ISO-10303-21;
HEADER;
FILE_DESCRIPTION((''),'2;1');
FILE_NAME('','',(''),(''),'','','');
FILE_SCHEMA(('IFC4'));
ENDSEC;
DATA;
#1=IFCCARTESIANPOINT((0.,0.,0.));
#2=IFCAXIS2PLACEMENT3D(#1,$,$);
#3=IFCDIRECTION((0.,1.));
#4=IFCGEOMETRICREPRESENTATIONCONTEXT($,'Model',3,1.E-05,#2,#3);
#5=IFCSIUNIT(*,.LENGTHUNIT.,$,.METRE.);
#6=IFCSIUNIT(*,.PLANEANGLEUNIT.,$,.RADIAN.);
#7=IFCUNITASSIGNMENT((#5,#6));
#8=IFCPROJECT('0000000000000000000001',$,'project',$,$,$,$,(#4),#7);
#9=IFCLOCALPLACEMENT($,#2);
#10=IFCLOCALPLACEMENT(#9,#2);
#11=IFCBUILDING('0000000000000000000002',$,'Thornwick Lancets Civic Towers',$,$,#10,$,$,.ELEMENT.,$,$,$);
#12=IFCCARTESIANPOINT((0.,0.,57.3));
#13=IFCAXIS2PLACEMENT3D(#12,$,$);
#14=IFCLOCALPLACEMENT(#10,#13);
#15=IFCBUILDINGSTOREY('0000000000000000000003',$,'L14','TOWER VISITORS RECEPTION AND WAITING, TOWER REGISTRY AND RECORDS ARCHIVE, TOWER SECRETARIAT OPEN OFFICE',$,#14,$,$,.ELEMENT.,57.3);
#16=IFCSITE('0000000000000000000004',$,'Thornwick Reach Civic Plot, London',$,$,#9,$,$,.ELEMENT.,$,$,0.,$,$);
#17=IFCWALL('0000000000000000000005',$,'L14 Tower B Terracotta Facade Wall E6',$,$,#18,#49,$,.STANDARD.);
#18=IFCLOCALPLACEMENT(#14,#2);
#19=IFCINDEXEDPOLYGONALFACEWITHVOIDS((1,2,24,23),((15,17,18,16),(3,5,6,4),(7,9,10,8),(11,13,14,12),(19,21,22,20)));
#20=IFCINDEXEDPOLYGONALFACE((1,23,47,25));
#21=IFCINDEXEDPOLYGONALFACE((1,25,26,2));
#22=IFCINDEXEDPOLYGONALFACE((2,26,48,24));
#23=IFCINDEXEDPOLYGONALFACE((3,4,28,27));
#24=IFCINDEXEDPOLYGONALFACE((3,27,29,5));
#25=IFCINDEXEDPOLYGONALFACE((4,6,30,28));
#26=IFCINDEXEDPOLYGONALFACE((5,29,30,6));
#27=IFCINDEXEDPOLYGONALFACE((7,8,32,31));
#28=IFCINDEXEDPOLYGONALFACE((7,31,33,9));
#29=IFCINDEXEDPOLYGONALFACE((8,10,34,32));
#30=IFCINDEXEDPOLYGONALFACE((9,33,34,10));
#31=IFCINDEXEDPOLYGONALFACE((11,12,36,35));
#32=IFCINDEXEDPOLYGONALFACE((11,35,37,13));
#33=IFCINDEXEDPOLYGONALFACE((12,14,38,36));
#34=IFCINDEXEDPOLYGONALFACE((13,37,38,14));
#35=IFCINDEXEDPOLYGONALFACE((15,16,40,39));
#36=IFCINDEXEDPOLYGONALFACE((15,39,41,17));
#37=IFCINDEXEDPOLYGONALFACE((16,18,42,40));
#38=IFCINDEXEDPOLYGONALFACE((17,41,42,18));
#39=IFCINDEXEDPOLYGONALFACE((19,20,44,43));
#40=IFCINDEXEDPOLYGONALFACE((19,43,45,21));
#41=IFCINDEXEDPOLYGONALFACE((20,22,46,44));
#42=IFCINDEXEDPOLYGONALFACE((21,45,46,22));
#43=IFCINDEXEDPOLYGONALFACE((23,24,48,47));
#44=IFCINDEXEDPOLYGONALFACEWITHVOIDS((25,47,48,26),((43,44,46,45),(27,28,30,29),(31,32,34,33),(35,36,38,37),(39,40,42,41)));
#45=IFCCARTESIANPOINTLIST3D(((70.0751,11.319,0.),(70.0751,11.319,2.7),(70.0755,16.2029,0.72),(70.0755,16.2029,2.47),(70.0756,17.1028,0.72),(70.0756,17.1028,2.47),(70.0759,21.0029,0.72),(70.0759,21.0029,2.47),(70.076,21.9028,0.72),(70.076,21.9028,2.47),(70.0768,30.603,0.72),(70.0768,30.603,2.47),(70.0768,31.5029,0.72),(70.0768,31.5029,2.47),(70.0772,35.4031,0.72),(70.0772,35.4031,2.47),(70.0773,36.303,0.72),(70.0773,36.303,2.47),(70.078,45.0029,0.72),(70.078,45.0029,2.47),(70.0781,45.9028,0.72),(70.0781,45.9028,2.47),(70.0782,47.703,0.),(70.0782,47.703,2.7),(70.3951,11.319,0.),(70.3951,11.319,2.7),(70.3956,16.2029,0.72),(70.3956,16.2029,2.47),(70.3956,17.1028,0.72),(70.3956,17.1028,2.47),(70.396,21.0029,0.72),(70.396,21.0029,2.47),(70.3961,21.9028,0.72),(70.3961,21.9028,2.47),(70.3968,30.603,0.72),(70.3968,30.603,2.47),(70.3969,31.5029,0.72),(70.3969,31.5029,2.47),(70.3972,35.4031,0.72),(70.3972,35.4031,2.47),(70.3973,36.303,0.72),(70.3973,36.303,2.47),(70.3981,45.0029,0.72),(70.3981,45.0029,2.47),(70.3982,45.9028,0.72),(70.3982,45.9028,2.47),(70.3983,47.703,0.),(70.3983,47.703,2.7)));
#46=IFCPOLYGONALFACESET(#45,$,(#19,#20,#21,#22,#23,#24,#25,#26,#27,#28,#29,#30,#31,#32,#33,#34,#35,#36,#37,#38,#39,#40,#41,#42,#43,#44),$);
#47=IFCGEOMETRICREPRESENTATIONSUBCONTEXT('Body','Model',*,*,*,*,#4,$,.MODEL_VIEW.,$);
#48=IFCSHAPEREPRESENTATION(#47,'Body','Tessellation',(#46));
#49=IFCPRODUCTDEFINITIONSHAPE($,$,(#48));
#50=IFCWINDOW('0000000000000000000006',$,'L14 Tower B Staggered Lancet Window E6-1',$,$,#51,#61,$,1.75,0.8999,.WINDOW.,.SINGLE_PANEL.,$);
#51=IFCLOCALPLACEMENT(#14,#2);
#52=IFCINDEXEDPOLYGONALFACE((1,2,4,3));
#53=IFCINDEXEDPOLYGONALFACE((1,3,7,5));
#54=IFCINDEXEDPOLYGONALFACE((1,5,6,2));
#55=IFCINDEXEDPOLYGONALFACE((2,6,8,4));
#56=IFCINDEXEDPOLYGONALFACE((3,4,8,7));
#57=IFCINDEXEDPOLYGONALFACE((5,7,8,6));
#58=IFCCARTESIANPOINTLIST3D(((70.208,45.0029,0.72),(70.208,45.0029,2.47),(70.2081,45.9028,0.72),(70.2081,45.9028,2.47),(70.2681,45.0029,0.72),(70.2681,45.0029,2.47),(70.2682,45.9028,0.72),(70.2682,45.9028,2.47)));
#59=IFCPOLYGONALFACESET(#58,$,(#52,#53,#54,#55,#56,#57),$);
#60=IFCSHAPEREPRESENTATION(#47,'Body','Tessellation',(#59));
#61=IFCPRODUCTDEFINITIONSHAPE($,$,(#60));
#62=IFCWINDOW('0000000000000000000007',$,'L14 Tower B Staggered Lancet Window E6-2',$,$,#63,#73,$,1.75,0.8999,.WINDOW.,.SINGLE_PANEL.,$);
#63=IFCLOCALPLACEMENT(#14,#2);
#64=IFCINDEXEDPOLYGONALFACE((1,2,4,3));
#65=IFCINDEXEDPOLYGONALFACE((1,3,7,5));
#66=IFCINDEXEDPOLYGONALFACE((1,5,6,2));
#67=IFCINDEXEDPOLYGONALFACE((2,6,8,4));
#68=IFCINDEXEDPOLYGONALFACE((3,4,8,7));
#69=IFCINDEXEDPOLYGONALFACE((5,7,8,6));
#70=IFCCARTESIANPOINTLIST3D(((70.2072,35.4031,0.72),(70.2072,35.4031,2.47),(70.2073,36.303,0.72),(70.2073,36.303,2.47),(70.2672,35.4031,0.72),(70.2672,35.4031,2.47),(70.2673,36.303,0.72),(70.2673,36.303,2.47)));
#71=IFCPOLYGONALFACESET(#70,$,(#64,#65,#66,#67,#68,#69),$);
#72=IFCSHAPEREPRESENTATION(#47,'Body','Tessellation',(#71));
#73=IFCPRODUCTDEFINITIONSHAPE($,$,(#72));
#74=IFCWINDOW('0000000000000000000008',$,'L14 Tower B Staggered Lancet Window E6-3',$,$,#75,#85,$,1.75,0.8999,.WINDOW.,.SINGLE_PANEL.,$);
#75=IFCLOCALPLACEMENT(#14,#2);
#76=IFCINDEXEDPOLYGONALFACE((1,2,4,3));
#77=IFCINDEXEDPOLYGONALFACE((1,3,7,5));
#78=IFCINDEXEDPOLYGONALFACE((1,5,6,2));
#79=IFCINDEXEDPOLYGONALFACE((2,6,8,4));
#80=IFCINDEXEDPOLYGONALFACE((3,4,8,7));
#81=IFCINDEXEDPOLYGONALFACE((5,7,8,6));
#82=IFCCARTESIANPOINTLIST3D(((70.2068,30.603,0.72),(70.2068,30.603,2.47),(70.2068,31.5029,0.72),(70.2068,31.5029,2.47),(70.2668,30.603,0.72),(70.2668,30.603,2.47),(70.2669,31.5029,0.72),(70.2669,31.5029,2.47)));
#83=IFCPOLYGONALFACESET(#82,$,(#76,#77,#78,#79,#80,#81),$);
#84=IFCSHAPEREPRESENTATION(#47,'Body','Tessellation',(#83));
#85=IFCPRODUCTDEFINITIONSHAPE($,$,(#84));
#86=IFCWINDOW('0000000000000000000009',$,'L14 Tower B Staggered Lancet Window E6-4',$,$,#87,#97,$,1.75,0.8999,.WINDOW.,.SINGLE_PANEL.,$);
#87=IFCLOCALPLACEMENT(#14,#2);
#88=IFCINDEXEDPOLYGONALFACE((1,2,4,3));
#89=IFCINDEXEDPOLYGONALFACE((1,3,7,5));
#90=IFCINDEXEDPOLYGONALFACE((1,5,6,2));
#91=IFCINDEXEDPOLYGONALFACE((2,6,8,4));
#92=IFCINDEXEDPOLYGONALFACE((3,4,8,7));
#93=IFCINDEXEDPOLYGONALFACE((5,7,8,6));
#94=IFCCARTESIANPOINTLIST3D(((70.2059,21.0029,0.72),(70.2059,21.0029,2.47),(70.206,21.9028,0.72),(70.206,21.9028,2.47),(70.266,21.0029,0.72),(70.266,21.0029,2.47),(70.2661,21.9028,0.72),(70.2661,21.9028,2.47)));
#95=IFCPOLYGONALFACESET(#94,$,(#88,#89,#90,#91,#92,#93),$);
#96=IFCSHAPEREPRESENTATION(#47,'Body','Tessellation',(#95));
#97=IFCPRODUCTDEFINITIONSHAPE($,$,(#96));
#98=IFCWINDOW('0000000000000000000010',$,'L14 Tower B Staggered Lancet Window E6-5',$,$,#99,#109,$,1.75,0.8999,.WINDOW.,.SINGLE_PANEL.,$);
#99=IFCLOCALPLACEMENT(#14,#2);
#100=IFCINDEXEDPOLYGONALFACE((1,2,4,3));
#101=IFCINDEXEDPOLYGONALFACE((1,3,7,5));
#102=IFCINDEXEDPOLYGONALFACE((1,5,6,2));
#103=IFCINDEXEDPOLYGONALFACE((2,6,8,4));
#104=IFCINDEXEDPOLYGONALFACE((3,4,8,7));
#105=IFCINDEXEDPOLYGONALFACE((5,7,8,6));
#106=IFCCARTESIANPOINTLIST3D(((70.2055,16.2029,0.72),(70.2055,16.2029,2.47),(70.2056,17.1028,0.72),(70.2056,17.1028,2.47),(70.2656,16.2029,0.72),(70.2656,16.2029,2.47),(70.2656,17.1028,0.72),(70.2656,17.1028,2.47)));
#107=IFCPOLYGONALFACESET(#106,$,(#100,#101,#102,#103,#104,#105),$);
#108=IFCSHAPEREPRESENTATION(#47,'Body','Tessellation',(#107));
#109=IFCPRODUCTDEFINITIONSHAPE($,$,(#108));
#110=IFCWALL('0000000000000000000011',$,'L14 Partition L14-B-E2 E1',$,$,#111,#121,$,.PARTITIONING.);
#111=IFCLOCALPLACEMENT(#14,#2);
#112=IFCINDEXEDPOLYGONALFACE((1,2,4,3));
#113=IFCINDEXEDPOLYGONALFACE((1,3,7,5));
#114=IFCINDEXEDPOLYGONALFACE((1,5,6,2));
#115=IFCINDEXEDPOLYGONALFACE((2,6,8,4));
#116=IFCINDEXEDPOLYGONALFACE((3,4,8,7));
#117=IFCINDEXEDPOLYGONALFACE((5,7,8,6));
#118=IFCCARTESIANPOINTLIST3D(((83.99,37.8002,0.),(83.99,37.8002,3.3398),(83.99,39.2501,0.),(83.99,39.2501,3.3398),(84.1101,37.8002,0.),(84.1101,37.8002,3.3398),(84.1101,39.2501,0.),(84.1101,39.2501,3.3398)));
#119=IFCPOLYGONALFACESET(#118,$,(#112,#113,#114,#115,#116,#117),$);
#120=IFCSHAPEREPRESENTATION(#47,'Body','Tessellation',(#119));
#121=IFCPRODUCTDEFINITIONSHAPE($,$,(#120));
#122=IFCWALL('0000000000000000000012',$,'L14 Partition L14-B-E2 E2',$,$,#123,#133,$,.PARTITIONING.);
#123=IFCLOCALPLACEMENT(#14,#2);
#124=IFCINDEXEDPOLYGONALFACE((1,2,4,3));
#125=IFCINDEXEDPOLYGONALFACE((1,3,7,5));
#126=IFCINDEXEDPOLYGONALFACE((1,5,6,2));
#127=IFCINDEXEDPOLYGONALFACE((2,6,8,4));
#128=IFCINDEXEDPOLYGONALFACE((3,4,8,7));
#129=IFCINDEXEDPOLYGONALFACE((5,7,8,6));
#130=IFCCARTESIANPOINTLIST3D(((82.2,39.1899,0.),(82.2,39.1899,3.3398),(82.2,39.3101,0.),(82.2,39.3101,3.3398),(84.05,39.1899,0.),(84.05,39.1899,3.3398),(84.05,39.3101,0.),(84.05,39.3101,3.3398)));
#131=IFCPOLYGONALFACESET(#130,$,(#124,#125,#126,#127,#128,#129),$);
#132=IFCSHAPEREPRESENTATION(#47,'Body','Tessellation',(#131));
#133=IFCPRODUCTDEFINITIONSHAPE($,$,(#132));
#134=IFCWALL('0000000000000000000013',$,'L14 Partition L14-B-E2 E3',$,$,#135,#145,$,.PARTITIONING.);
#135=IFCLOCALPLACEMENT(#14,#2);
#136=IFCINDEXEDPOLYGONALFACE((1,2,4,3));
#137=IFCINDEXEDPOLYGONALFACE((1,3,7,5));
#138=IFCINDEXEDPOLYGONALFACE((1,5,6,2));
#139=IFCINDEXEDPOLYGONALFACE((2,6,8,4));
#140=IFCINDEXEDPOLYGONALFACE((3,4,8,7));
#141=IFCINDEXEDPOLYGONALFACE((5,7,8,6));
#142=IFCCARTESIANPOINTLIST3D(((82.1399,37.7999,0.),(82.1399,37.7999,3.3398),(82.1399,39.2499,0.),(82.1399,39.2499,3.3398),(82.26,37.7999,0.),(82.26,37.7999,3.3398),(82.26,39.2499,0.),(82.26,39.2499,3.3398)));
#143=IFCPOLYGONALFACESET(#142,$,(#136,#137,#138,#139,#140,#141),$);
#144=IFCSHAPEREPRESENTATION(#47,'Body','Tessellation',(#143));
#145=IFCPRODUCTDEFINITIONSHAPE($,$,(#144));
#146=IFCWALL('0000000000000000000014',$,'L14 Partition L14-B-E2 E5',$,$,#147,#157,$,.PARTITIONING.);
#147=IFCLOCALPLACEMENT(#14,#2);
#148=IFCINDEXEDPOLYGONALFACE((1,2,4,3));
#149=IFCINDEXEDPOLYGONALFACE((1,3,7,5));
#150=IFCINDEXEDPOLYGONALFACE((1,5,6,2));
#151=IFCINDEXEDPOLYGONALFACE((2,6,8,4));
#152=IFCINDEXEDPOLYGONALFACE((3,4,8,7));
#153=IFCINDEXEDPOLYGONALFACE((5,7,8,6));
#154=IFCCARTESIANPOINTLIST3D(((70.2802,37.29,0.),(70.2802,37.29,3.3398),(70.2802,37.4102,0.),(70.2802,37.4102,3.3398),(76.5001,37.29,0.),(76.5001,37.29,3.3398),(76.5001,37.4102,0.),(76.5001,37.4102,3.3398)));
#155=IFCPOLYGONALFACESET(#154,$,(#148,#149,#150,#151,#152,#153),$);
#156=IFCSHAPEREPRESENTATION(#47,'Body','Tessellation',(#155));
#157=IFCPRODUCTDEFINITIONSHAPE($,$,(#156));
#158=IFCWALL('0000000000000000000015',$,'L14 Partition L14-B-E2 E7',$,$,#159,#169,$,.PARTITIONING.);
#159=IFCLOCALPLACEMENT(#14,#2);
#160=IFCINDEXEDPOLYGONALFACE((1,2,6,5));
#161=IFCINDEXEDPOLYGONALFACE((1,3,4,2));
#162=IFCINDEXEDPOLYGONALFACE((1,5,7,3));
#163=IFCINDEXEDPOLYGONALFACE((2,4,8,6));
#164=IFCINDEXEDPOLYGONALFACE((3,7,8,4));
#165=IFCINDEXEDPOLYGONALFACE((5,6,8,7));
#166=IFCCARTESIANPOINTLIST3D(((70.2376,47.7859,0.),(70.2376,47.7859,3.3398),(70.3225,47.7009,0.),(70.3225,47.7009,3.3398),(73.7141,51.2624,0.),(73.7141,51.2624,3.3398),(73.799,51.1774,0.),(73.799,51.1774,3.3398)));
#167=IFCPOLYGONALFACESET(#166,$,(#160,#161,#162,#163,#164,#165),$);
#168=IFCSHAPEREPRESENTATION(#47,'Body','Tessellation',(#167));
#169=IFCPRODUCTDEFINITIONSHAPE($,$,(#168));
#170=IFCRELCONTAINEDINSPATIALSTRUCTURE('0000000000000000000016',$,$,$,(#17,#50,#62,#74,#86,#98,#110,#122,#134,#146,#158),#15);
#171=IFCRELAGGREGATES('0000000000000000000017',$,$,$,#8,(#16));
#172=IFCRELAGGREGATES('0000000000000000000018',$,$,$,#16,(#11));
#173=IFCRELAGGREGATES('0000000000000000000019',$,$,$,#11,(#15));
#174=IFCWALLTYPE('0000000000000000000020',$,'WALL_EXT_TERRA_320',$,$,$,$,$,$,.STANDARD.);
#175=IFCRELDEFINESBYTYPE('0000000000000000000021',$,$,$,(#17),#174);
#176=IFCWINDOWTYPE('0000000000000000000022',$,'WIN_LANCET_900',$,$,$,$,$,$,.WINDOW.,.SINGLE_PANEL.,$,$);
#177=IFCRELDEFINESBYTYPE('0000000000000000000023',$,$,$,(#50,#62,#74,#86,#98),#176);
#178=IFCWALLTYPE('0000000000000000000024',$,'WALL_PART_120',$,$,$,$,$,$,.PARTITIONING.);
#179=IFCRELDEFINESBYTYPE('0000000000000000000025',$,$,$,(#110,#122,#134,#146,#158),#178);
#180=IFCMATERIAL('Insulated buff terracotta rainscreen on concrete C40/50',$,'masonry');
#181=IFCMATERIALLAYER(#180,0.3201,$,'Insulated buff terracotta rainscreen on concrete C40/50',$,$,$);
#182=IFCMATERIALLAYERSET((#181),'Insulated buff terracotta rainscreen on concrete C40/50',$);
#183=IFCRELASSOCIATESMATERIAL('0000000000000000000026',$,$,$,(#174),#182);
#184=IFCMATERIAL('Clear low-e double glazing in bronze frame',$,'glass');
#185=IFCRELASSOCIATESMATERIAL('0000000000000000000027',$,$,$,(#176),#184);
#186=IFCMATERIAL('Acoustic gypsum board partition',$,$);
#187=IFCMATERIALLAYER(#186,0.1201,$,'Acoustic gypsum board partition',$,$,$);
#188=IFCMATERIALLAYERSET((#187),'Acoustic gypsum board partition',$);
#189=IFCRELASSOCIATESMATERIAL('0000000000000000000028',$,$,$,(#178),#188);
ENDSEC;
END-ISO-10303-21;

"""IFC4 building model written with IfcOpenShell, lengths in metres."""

from ifc_helpers import new_model, si_unit, direction, frame, frame_2d, origin, place, context, subcontext, project, spatial, rectangle, extrude, material, layer, layer_set, type_object, element, fill, save


model = new_model("IFC4")

# Units and contexts
model_context = context("Model", 3, precision=1e-05, world=origin(), true_north=direction((0.0, 1.0)))
body_context = subcontext(model_context, "Body", "Model", "MODEL_VIEW")
ifc_project = project(units=[si_unit("LENGTHUNIT", "METRE"), si_unit("PLANEANGLEUNIT", "RADIAN")], contexts=[model_context])

# Site, building, storey
site_placement = place(None, origin())
site = spatial("IfcSite", under=ifc_project, at=site_placement, Name="Thornwick Reach Civic Plot, London", CompositionType="ELEMENT", RefElevation=0.0)
building_placement = place(site_placement, origin())
building = spatial("IfcBuilding", under=site, at=building_placement, Name="Thornwick Lancets Civic Towers", CompositionType="ELEMENT")
storey_placement = place(building_placement, frame((0.0, 0.0, 57.3)))
storey = spatial("IfcBuildingStorey", under=building, at=storey_placement, Name="L14", Description="TOWER VISITORS RECEPTION AND WAITING, TOWER REGISTRY AND RECORDS ARCHIVE, TOWER SECRETARIAT OPEN OFFICE", CompositionType="ELEMENT", Elevation=57.3)

# Wall, openings, windows
ifc_material_1 = material(Name="Insulated buff terracotta rainscreen on concrete C40/50", Category="masonry")
ifc_layer_1 = layer(ifc_material_1, 0.3201, Name="Insulated buff terracotta rainscreen on concrete C40/50")
ifc_layer_set_1 = layer_set([ifc_layer_1], Name="Insulated buff terracotta rainscreen on concrete C40/50")
wall_type_1 = type_object("IfcWallType", Name="WALL_EXT_TERRA_320", PredefinedType="STANDARD", material=ifc_layer_set_1)
wall_1_placement = place(storey_placement, frame((70.2383, 47.7029, 0.0), z_axis=(0.0, 0.0, 1.0), x_axis=(-0.000087, -1.0, 0.0)))
wall_1 = element("IfcWall", 1, at=wall_1_placement, inside=storey, type_object=wall_type_1, Name="L14 Tower B Terracotta Facade Wall E6", PredefinedType="STANDARD", context=body_context, shape_type="SweptSolid", body=[
    extrude(rectangle(XDim=36.384, YDim=0.3201, at=frame_2d((18.1919, 0.0))), origin(), (0.0, 0.0, 1.0), 2.7),
])
opening_1_placement = place(wall_1_placement, frame((1.8, 0.0, 0.72)))
opening_1 = element("IfcOpeningElement", 2, at=opening_1_placement, cuts=wall_1, PredefinedType="OPENING", context=body_context, shape_type="SweptSolid", body=[
    extrude(rectangle(XDim=0.8999, YDim=1.75, at=frame_2d((0.45, 0.875))), frame((0.0, 0.1699, 0.0), z_axis=(0.0, -1.0, 0.0), x_axis=(1.0, 0.0, 0.0)), (0.0, 0.0, 1.0), 0.3401),
])
opening_2_placement = place(wall_1_placement, frame((11.3999, 0.0, 0.72)))
opening_2 = element("IfcOpeningElement", 3, at=opening_2_placement, cuts=wall_1, PredefinedType="OPENING", context=body_context, shape_type="SweptSolid", body=[
    extrude(rectangle(XDim=0.8999, YDim=1.75, at=frame_2d((0.45, 0.875))), frame((0.0, 0.1699, 0.0), z_axis=(0.0, -1.0, 0.0), x_axis=(1.0, 0.0, 0.0)), (0.0, 0.0, 1.0), 0.3401),
])
opening_3_placement = place(wall_1_placement, frame((16.2, 0.0, 0.72)))
opening_3 = element("IfcOpeningElement", 4, at=opening_3_placement, cuts=wall_1, PredefinedType="OPENING", context=body_context, shape_type="SweptSolid", body=[
    extrude(rectangle(XDim=0.8999, YDim=1.75, at=frame_2d((0.45, 0.875))), frame((0.0, 0.1699, 0.0), z_axis=(0.0, -1.0, 0.0), x_axis=(1.0, 0.0, 0.0)), (0.0, 0.0, 1.0), 0.3401),
])
opening_4_placement = place(wall_1_placement, frame((25.8, 0.0, 0.72)))
opening_4 = element("IfcOpeningElement", 5, at=opening_4_placement, cuts=wall_1, PredefinedType="OPENING", context=body_context, shape_type="SweptSolid", body=[
    extrude(rectangle(XDim=0.8999, YDim=1.75, at=frame_2d((0.45, 0.875))), frame((0.0, 0.1699, 0.0), z_axis=(0.0, -1.0, 0.0), x_axis=(1.0, 0.0, 0.0)), (0.0, 0.0, 1.0), 0.3401),
])
opening_5_placement = place(wall_1_placement, frame((30.6001, 0.0, 0.72)))
opening_5 = element("IfcOpeningElement", 6, at=opening_5_placement, cuts=wall_1, PredefinedType="OPENING", context=body_context, shape_type="SweptSolid", body=[
    extrude(rectangle(XDim=0.8999, YDim=1.75, at=frame_2d((0.45, 0.875))), frame((0.0, 0.1699, 0.0), z_axis=(0.0, -1.0, 0.0), x_axis=(1.0, 0.0, 0.0)), (0.0, 0.0, 1.0), 0.3401),
])
ifc_material_2 = material(Name="Clear low-e double glazing in bronze frame", Category="glass")
window_type = type_object("IfcWindowType", Name="WIN_LANCET_900", PartitioningType="SINGLE_PANEL", PredefinedType="WINDOW", material=ifc_material_2)
window_1_placement = place(opening_1_placement, origin())
window_1 = element("IfcWindow", 7, at=window_1_placement, inside=storey, type_object=window_type, Name="L14 Tower B Staggered Lancet Window E6-1", OverallHeight=1.75, OverallWidth=0.8999, PartitioningType="SINGLE_PANEL", PredefinedType="WINDOW", context=body_context, shape_type="SweptSolid", body=[
    extrude(rectangle(XDim=0.8999, YDim=1.75, at=frame_2d((0.45, 0.875))), frame((0.0, 0.03, 0.0), z_axis=(0.0, -1.0, 0.0), x_axis=(1.0, 0.0, 0.0)), (0.0, 0.0, 1.0), 0.0601),
])
fill(opening_1, window_1)
window_2_placement = place(opening_2_placement, origin())
window_2 = element("IfcWindow", 8, at=window_2_placement, inside=storey, type_object=window_type, Name="L14 Tower B Staggered Lancet Window E6-2", OverallHeight=1.75, OverallWidth=0.8999, PartitioningType="SINGLE_PANEL", PredefinedType="WINDOW", context=body_context, shape_type="SweptSolid", body=[
    extrude(rectangle(XDim=0.8999, YDim=1.75, at=frame_2d((0.45, 0.875))), frame((0.0, 0.03, 0.0), z_axis=(0.0, -1.0, 0.0), x_axis=(1.0, 0.0, 0.0)), (0.0, 0.0, 1.0), 0.0601),
])
fill(opening_2, window_2)
window_3_placement = place(opening_3_placement, origin())
window_3 = element("IfcWindow", 9, at=window_3_placement, inside=storey, type_object=window_type, Name="L14 Tower B Staggered Lancet Window E6-3", OverallHeight=1.75, OverallWidth=0.8999, PartitioningType="SINGLE_PANEL", PredefinedType="WINDOW", context=body_context, shape_type="SweptSolid", body=[
    extrude(rectangle(XDim=0.8999, YDim=1.75, at=frame_2d((0.45, 0.875))), frame((0.0, 0.03, 0.0), z_axis=(0.0, -1.0, 0.0), x_axis=(1.0, 0.0, 0.0)), (0.0, 0.0, 1.0), 0.0601),
])
fill(opening_3, window_3)
window_4_placement = place(opening_4_placement, origin())
window_4 = element("IfcWindow", 10, at=window_4_placement, inside=storey, type_object=window_type, Name="L14 Tower B Staggered Lancet Window E6-4", OverallHeight=1.75, OverallWidth=0.8999, PartitioningType="SINGLE_PANEL", PredefinedType="WINDOW", context=body_context, shape_type="SweptSolid", body=[
    extrude(rectangle(XDim=0.8999, YDim=1.75, at=frame_2d((0.45, 0.875))), frame((0.0, 0.03, 0.0), z_axis=(0.0, -1.0, 0.0), x_axis=(1.0, 0.0, 0.0)), (0.0, 0.0, 1.0), 0.0601),
])
fill(opening_4, window_4)
window_5_placement = place(opening_5_placement, origin())
window_5 = element("IfcWindow", 11, at=window_5_placement, inside=storey, type_object=window_type, Name="L14 Tower B Staggered Lancet Window E6-5", OverallHeight=1.75, OverallWidth=0.8999, PartitioningType="SINGLE_PANEL", PredefinedType="WINDOW", context=body_context, shape_type="SweptSolid", body=[
    extrude(rectangle(XDim=0.8999, YDim=1.75, at=frame_2d((0.45, 0.875))), frame((0.0, 0.03, 0.0), z_axis=(0.0, -1.0, 0.0), x_axis=(1.0, 0.0, 0.0)), (0.0, 0.0, 1.0), 0.0601),
])
fill(opening_5, window_5)

# Walls
ifc_material_3 = material(Name="Acoustic gypsum board partition")
ifc_layer_2 = layer(ifc_material_3, 0.1201, Name="Acoustic gypsum board partition")
ifc_layer_set_2 = layer_set([ifc_layer_2], Name="Acoustic gypsum board partition")
wall_type_2 = type_object("IfcWallType", Name="WALL_PART_120", PredefinedType="PARTITIONING", material=ifc_layer_set_2)
wall_2_placement = place(storey_placement, frame((84.05, 37.8, 0.0), z_axis=(0.0, 0.0, 1.0), x_axis=(0.0, 1.0, 0.0)))
element("IfcWall", 12, at=wall_2_placement, inside=storey, type_object=wall_type_2, Name="L14 Partition L14-B-E2 E1", PredefinedType="PARTITIONING", context=body_context, shape_type="SweptSolid", body=[
    extrude(rectangle(XDim=1.45, YDim=0.1201, at=frame_2d((0.7251, 0.0))), origin(), (0.0, 0.0, 1.0), 3.3398),
])
wall_3_placement = place(storey_placement, frame((84.05, 39.25, 0.0), z_axis=(0.0, 0.0, 1.0), x_axis=(-1.0, 0.0, 0.0)))
element("IfcWall", 13, at=wall_3_placement, inside=storey, type_object=wall_type_2, Name="L14 Partition L14-B-E2 E2", PredefinedType="PARTITIONING", context=body_context, shape_type="SweptSolid", body=[
    extrude(rectangle(XDim=1.8501, YDim=0.1201, at=frame_2d((0.925, 0.0))), origin(), (0.0, 0.0, 1.0), 3.3398),
])
wall_4_placement = place(storey_placement, frame((82.2, 39.25, 0.0), z_axis=(0.0, 0.0, 1.0), x_axis=(0.0, -1.0, 0.0)))
element("IfcWall", 14, at=wall_4_placement, inside=storey, type_object=wall_type_2, Name="L14 Partition L14-B-E2 E3", PredefinedType="PARTITIONING", context=body_context, shape_type="SweptSolid", body=[
    extrude(rectangle(XDim=1.45, YDim=0.1201, at=frame_2d((0.7251, 0.0))), origin(), (0.0, 0.0, 1.0), 3.3398),
])
wall_5_placement = place(storey_placement, frame((76.5, 37.3501, 0.0), z_axis=(0.0, 0.0, 1.0), x_axis=(-1.0, 0.0, 0.0)))
element("IfcWall", 15, at=wall_5_placement, inside=storey, type_object=wall_type_2, Name="L14 Partition L14-B-E2 E5", PredefinedType="PARTITIONING", context=body_context, shape_type="SweptSolid", body=[
    extrude(rectangle(XDim=6.22, YDim=0.1201, at=frame_2d((3.1099, 0.0))), origin(), (0.0, 0.0, 1.0), 3.3398),
])
wall_6_placement = place(storey_placement, frame((70.28, 47.7434, 0.0), z_axis=(0.0, 0.0, 1.0), x_axis=(0.707107, 0.707107, 0.0)))
element("IfcWall", 16, at=wall_6_placement, inside=storey, type_object=wall_type_2, Name="L14 Partition L14-B-E2 E7", PredefinedType="PARTITIONING", context=body_context, shape_type="SweptSolid", body=[
    extrude(rectangle(XDim=4.9165, YDim=0.1201, at=frame_2d((2.4583, 0.0))), origin(), (0.0, 0.0, 1.0), 3.3398),
])

save(model, "model.ifc")
